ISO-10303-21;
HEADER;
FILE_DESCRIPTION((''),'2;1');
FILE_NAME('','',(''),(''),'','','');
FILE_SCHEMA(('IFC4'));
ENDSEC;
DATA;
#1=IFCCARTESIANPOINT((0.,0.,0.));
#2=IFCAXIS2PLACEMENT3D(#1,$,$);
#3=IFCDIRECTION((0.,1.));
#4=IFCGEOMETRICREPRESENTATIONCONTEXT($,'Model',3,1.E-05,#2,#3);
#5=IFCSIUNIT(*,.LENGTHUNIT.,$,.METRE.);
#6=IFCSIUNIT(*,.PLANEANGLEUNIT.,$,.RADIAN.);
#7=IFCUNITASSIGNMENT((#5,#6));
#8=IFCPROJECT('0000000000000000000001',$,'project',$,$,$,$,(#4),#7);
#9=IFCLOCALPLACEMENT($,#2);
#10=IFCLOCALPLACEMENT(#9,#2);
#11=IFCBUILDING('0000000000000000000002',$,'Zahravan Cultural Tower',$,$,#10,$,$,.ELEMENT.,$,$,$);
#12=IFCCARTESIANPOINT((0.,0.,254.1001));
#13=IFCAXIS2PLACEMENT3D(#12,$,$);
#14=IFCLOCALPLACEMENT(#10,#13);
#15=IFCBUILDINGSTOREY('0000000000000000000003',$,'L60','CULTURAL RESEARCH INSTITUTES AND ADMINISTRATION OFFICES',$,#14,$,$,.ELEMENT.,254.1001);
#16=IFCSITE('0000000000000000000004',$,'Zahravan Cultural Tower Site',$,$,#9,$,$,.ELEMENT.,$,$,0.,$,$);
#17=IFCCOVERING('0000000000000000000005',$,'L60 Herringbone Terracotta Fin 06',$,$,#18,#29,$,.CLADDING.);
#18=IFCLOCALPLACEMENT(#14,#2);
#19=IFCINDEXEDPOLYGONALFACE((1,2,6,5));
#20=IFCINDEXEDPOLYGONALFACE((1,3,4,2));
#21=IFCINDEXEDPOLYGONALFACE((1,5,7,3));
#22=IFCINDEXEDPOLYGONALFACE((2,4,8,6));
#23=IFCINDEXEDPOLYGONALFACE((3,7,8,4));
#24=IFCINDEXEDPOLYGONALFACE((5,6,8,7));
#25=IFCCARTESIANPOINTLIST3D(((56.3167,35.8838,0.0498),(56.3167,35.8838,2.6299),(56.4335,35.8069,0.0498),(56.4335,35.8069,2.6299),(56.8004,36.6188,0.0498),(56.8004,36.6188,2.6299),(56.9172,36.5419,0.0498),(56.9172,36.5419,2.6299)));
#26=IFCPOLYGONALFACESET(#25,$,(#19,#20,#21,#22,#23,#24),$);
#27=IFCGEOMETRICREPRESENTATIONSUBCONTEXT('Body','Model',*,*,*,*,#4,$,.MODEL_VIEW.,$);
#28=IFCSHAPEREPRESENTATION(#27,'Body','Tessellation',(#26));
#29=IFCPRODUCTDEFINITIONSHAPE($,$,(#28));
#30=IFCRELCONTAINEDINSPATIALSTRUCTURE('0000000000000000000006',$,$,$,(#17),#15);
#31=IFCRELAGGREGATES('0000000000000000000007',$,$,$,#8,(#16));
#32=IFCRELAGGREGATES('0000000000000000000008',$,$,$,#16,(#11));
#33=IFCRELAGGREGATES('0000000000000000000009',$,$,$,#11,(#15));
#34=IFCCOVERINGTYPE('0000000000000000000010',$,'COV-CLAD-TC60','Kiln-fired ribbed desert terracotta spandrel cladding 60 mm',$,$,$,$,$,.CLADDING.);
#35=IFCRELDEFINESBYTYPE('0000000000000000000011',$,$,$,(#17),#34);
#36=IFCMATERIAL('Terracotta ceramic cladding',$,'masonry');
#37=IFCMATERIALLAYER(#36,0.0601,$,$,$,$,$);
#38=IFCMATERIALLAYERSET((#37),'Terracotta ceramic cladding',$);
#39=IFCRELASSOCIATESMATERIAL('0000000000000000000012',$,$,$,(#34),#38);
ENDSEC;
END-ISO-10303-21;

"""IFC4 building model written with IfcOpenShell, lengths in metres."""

from ifc_helpers import new_model, si_unit, direction, frame, origin, origin_2d, place, context, subcontext, project, spatial, rectangle, extrude, source, transform, mapped, material, layer, layer_set, type_object, element, save


model = new_model("IFC4")

# Units and contexts
model_context = context("Model", 3, precision=1e-05, world=origin(), true_north=direction((0.0, 1.0)))
body_context = subcontext(model_context, "Body", "Model", "MODEL_VIEW")
ifc_project = project(units=[si_unit("LENGTHUNIT", "METRE"), si_unit("PLANEANGLEUNIT", "RADIAN")], contexts=[model_context])

# Site, building, storey
site_placement = place(None, origin())
site = spatial("IfcSite", under=ifc_project, at=site_placement, Name="Zahravan Cultural Tower Site", CompositionType="ELEMENT", RefElevation=0.0)
building_placement = place(site_placement, origin())
building = spatial("IfcBuilding", under=site, at=building_placement, Name="Zahravan Cultural Tower", CompositionType="ELEMENT")
storey_placement = place(building_placement, frame((0.0, 0.0, 254.1001)))
storey = spatial("IfcBuildingStorey", under=building, at=storey_placement, Name="L60", Description="CULTURAL RESEARCH INSTITUTES AND ADMINISTRATION OFFICES", CompositionType="ELEMENT", Elevation=254.1001)

# Covering
ifc_material_1 = material(Name="Terracotta ceramic cladding", Category="masonry")
ifc_layer_1 = layer(ifc_material_1, 0.0601)
ifc_layer_set_1 = layer_set([ifc_layer_1], Name="Terracotta ceramic cladding")
covering_type = type_object("IfcCoveringType", Name="COV-CLAD-TC60", Description="Kiln-fired ribbed desert terracotta spandrel cladding 60 mm", PredefinedType="CLADDING", material=ifc_layer_set_1)
shared_shape_1 = source(origin(), body_context, "Body", "SweptSolid", [
    extrude(rectangle(XDim=0.8799, YDim=0.1399, at=origin_2d()), origin(), (0.0, 0.0, 1.0), 2.5801),
])
for number, where, z_axis, x_axis, name in (
    (1, (56.6169, 36.2129, 0.0498), (0.0, 0.0, 1.0), (0.549752, 0.835328, 0.0), "L60 Herringbone Terracotta Fin 06"),
):
    element("IfcCovering", number, at=place(storey_placement, frame(where, z_axis=z_axis, x_axis=x_axis)), inside=storey, type_object=covering_type, Name=name, PredefinedType="CLADDING", context=body_context, shape_type="MappedRepresentation", body=[
        mapped(shared_shape_1, transform((0.0, 0.0, 0.0), x_axis=(1.0, 0.0, 0.0), y_axis=(0.0, 1.0, 0.0), z_axis=(0.0, 0.0, 1.0), scale=1.0)),
    ])

save(model, "model.ifc")
